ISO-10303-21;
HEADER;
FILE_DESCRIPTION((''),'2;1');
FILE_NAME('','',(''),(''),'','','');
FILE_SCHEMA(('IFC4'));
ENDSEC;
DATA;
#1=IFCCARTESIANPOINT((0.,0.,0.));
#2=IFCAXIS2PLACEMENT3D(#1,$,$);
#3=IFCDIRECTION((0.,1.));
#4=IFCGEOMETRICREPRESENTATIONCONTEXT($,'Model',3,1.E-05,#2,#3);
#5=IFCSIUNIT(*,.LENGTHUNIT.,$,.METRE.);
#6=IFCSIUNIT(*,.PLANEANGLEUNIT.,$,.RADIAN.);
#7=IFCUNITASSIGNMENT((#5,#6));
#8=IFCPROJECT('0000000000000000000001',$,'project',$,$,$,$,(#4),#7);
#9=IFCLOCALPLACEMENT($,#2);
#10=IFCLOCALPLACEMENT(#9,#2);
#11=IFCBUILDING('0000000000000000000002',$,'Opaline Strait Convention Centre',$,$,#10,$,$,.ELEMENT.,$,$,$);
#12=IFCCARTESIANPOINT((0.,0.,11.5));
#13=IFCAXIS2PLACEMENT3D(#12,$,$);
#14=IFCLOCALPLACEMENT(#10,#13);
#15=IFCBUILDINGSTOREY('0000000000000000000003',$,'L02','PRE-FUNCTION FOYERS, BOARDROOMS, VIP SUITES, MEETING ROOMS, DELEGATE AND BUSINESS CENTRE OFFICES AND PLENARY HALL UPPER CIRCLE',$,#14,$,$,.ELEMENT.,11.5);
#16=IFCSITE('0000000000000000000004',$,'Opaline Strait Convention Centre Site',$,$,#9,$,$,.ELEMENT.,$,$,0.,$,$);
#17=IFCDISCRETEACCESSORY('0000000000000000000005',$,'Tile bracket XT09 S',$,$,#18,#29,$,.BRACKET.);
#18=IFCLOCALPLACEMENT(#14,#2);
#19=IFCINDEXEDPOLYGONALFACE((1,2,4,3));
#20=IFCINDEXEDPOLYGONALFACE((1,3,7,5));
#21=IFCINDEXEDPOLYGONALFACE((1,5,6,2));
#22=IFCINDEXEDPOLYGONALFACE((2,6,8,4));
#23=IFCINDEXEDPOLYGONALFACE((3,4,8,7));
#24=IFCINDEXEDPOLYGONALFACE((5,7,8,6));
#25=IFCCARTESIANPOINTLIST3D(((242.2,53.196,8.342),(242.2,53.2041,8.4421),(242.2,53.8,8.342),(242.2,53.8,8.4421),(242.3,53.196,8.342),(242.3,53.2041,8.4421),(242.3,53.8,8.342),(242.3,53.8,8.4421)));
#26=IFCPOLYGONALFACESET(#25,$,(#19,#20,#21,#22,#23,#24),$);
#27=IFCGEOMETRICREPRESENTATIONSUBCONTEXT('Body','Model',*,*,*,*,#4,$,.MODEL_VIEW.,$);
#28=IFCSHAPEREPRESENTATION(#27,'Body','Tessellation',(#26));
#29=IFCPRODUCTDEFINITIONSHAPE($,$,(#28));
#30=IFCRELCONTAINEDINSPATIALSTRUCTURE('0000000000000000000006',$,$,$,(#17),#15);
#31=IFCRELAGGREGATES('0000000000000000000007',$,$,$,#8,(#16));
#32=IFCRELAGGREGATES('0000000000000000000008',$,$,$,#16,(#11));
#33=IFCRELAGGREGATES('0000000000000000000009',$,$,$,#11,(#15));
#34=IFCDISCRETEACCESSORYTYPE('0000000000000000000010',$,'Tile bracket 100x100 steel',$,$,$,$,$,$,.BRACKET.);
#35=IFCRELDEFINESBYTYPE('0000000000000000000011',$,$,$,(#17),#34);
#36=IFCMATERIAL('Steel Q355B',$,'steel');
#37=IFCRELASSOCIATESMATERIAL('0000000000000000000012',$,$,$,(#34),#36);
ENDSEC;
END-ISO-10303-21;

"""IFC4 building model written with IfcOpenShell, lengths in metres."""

from ifc_helpers import new_model, si_unit, direction, frame, origin, place, context, subcontext, project, spatial, polyline, outline, extrude, material, type_object, element, save


model = new_model("IFC4")

# Units and contexts
model_context = context("Model", 3, precision=1e-05, world=origin(), true_north=direction((0.0, 1.0)))
body_context = subcontext(model_context, "Body", "Model", "MODEL_VIEW")
ifc_project = project(units=[si_unit("LENGTHUNIT", "METRE"), si_unit("PLANEANGLEUNIT", "RADIAN")], contexts=[model_context])

# Site, building, storey
site_placement = place(None, origin())
site = spatial("IfcSite", under=ifc_project, at=site_placement, Name="Opaline Strait Convention Centre Site", CompositionType="ELEMENT", RefElevation=0.0)
building_placement = place(site_placement, origin())
building = spatial("IfcBuilding", under=site, at=building_placement, Name="Opaline Strait Convention Centre", CompositionType="ELEMENT")
storey_placement = place(building_placement, frame((0.0, 0.0, 11.5)))
storey = spatial("IfcBuildingStorey", under=building, at=storey_placement, Name="L02", Description="PRE-FUNCTION FOYERS, BOARDROOMS, VIP SUITES, MEETING ROOMS, DELEGATE AND BUSINESS CENTRE OFFICES AND PLENARY HALL UPPER CIRCLE", CompositionType="ELEMENT", Elevation=11.5)

# Shared definitions
ifc_material_1 = material(Name="Steel Q355B", Category="steel")

# Discrete accessory
discrete_accessory_type = type_object("IfcDiscreteAccessoryType", Name="Tile bracket 100x100 steel", PredefinedType="BRACKET", material=ifc_material_1)
discrete_accessory_1_placement = place(storey_placement, frame((242.2, 53.8, 8.3921), z_axis=(1.0, 0.0, 0.0), x_axis=(0.0, 1.0, 0.0)))
element("IfcDiscreteAccessory", 1, at=discrete_accessory_1_placement, inside=storey, type_object=discrete_accessory_type, Name="Tile bracket XT09 S", PredefinedType="BRACKET", context=body_context, shape_type="SweptSolid", body=[
    extrude(outline(polyline([(0.0, -0.05), (0.0, 0.05), (-0.5959, 0.05), (-0.604, -0.05), (0.0, -0.05)])), origin(), (0.0, 0.0, 1.0), 0.1001),
])

save(model, "model.ifc")
